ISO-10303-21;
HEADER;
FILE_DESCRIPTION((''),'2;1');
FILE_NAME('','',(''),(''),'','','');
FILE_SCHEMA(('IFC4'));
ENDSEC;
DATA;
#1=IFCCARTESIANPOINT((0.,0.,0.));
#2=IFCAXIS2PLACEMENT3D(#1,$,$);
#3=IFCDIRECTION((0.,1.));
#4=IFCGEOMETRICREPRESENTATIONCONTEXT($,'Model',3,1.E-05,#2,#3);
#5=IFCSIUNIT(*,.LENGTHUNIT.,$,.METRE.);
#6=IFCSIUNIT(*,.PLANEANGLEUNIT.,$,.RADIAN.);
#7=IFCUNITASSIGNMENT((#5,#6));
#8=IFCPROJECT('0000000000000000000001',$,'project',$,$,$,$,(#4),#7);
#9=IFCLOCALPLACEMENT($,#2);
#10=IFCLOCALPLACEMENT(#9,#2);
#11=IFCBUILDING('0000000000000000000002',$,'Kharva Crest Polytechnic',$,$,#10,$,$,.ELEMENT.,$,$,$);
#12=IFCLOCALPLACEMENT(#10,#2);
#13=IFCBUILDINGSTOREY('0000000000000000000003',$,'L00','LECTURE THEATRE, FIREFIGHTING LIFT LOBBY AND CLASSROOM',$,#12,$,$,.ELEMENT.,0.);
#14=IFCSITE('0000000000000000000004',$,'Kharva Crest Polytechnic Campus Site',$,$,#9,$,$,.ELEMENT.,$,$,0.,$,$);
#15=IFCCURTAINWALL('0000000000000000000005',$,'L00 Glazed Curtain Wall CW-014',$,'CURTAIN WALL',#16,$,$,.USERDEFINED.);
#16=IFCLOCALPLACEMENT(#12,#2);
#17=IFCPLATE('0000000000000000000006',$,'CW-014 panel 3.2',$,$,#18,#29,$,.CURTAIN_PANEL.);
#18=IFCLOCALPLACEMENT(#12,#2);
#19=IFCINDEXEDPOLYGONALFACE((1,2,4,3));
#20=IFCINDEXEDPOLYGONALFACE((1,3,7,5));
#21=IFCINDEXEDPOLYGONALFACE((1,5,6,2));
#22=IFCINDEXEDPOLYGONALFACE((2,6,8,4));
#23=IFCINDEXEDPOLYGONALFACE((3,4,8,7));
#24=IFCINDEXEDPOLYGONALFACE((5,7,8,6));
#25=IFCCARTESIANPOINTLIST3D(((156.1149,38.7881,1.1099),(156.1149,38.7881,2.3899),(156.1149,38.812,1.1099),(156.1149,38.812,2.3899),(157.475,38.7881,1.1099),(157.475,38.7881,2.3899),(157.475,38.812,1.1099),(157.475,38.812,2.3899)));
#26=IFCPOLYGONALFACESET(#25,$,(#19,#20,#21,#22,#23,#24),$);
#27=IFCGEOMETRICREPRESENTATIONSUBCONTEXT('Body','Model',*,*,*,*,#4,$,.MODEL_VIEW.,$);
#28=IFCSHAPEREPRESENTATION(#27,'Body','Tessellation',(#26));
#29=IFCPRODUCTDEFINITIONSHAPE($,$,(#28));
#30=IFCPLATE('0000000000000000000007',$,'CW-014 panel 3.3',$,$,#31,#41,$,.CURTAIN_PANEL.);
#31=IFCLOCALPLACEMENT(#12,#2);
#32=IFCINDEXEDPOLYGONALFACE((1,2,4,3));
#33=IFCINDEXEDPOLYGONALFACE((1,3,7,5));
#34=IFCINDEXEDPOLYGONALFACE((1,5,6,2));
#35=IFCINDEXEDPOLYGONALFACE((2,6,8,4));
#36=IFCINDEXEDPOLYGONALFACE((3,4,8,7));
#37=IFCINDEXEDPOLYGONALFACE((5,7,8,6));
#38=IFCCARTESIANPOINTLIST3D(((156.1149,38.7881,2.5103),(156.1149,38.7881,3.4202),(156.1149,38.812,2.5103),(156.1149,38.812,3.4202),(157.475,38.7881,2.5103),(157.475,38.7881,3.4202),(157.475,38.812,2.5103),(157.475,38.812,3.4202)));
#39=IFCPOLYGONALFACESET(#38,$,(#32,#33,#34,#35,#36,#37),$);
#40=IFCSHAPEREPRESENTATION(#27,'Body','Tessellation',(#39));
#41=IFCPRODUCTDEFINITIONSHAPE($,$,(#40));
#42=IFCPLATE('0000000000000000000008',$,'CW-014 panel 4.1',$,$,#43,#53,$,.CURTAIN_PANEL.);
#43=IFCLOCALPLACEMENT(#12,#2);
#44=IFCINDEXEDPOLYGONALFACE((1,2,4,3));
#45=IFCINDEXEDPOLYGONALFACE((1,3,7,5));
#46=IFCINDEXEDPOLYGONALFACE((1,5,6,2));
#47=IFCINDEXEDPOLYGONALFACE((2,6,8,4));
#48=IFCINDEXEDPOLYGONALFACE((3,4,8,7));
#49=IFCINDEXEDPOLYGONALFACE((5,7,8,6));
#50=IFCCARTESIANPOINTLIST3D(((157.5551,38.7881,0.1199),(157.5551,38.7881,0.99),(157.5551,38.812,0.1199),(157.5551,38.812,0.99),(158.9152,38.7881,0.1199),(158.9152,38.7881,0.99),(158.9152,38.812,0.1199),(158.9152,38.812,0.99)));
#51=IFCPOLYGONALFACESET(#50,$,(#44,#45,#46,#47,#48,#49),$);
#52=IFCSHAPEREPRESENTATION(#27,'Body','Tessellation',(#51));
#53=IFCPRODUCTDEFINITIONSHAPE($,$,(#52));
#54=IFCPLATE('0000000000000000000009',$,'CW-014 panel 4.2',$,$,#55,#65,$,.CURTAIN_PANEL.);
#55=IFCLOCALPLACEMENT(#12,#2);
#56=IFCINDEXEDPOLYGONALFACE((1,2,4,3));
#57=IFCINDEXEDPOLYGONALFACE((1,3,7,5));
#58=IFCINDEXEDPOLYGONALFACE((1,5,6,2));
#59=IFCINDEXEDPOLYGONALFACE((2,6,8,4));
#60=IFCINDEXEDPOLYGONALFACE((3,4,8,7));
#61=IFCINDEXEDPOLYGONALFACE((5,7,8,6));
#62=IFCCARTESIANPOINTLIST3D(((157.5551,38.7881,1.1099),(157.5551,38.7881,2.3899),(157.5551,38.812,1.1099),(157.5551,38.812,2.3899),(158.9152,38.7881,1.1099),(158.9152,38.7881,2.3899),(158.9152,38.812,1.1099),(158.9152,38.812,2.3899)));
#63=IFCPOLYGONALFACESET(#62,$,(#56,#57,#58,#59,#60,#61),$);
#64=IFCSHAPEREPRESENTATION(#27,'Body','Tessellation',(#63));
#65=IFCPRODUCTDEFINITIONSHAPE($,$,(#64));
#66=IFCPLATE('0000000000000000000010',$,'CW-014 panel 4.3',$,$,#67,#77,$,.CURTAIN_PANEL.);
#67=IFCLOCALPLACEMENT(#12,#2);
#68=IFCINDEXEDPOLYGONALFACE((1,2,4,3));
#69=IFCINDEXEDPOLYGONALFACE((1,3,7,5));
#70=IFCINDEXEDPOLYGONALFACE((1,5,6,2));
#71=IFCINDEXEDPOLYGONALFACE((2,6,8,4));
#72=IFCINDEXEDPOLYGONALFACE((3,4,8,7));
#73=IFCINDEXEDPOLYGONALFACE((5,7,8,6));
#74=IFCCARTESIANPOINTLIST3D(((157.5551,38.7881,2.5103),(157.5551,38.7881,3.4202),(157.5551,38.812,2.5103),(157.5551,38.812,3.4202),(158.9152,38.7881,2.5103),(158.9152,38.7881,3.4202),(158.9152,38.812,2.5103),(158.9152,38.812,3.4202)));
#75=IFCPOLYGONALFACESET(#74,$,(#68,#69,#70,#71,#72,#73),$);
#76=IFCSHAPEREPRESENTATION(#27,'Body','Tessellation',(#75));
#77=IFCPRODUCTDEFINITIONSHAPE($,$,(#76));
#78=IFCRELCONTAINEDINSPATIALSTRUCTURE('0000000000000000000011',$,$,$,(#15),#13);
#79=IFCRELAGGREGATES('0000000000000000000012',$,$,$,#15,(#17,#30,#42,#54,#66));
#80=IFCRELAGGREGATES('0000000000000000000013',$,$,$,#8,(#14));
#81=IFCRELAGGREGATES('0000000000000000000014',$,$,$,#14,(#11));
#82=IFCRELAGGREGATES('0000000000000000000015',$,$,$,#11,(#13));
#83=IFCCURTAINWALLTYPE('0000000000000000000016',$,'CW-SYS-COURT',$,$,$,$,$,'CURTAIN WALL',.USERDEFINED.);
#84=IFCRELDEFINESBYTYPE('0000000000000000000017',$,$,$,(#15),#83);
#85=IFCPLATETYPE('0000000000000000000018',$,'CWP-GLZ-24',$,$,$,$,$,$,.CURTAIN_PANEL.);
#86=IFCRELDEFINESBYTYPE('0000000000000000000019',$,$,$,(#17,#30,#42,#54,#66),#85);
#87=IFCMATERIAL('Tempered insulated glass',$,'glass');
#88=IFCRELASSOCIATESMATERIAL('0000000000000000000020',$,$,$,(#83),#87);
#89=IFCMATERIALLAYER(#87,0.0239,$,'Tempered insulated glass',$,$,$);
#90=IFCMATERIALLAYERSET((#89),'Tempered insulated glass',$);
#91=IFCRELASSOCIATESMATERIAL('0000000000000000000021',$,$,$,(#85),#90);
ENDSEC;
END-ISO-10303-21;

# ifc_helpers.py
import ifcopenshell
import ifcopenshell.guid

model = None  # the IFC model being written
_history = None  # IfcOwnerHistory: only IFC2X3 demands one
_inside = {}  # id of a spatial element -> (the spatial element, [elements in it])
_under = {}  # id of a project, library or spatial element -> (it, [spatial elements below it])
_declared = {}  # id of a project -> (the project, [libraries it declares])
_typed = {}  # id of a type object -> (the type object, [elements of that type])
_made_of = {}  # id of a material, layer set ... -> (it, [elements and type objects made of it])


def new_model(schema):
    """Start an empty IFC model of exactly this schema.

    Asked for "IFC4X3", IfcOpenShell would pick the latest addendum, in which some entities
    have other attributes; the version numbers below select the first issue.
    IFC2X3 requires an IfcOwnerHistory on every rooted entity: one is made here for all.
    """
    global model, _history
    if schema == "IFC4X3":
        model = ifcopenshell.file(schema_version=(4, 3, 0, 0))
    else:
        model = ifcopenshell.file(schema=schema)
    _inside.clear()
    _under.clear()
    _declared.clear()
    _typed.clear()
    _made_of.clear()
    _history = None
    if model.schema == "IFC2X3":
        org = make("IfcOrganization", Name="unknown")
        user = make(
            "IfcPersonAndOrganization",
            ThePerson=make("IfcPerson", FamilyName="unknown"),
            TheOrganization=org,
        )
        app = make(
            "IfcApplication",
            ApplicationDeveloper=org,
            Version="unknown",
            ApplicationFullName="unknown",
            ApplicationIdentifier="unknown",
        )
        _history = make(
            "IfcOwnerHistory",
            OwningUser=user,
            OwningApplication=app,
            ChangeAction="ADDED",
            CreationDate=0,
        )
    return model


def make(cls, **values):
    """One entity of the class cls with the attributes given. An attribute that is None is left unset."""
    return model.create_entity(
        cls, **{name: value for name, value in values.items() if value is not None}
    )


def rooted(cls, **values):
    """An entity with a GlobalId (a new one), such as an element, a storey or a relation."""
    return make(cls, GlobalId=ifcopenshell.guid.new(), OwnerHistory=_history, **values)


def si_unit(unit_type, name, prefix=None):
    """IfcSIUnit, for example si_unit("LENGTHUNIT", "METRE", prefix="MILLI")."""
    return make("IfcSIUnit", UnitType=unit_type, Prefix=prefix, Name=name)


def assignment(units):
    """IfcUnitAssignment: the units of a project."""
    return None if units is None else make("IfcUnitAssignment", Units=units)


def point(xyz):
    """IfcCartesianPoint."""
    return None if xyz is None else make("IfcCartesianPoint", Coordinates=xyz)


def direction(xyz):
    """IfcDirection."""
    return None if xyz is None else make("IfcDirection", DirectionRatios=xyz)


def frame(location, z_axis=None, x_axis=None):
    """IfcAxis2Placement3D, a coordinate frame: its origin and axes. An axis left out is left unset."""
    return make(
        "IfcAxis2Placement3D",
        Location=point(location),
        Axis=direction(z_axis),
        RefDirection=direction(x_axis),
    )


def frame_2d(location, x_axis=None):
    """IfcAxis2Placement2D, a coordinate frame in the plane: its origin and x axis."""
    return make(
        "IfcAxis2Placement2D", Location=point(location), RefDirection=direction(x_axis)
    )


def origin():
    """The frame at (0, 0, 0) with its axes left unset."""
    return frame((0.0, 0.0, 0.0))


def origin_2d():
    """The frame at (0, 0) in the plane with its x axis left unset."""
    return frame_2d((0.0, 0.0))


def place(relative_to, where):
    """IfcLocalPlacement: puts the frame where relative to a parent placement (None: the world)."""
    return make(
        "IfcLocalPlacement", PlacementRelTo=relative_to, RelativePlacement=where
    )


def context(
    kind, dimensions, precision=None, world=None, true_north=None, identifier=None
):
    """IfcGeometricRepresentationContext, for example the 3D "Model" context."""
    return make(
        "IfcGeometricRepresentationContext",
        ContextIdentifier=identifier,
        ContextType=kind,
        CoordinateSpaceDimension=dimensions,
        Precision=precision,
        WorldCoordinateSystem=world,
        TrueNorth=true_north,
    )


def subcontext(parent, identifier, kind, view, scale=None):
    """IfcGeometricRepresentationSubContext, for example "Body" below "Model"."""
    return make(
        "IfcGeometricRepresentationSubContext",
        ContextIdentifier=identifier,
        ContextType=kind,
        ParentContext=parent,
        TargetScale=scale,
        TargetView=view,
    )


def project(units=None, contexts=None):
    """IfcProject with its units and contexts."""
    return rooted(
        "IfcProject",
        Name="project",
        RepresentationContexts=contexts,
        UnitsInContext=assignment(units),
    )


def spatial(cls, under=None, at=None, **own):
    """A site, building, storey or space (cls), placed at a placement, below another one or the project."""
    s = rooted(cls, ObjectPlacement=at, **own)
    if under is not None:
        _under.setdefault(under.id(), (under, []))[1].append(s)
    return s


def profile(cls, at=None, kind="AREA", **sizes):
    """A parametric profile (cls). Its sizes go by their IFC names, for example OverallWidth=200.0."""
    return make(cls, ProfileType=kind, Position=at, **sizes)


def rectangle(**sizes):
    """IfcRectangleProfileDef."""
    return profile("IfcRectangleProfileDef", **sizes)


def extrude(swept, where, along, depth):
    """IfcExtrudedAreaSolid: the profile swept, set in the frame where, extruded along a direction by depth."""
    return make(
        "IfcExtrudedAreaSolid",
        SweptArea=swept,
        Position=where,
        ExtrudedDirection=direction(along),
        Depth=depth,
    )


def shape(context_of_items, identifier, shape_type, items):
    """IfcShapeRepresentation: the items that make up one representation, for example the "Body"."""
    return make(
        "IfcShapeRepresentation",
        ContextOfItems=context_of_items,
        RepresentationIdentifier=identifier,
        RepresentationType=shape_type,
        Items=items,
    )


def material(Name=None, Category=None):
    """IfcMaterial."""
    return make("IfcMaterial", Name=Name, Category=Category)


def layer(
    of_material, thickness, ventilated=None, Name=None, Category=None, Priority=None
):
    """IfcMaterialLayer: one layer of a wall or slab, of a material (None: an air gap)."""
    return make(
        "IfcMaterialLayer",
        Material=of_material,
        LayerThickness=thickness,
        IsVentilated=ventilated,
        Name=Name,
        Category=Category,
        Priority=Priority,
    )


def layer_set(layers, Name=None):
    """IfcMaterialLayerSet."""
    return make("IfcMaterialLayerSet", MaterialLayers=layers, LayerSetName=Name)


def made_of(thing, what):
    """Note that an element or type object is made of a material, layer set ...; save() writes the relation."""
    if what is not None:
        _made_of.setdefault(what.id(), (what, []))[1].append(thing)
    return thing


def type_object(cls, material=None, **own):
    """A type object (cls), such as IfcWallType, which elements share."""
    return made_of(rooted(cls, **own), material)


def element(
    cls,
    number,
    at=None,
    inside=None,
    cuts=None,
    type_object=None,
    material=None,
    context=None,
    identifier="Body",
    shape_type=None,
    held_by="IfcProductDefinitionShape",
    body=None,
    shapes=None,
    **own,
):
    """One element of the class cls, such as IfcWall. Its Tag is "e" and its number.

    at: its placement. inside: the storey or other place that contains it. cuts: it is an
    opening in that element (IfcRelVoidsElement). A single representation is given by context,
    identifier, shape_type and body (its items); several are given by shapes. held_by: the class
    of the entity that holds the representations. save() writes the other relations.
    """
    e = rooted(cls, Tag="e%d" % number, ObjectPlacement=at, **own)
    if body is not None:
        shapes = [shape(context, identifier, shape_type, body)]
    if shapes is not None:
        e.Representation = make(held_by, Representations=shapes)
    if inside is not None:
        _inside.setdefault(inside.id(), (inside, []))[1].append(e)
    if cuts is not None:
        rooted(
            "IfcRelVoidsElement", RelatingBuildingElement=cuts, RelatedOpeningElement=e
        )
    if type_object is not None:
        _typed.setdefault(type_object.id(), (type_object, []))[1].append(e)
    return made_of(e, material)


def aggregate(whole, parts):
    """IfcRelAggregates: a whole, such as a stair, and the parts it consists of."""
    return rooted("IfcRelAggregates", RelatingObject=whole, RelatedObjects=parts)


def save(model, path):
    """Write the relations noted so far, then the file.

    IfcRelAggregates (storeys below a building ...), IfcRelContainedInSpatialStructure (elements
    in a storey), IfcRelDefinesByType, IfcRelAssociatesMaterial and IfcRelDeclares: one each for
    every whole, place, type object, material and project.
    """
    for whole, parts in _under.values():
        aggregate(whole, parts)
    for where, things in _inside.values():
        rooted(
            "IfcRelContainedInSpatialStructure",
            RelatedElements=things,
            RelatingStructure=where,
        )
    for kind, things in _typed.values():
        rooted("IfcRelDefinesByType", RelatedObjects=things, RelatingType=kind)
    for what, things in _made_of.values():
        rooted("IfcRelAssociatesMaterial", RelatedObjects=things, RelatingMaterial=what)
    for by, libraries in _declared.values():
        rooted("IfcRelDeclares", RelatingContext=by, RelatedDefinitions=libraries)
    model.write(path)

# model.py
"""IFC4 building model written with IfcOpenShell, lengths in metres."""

from ifc_helpers import new_model, si_unit, direction, frame, origin, origin_2d, place, context, subcontext, project, spatial, rectangle, extrude, material, layer, layer_set, type_object, element, aggregate, save


model = new_model("IFC4")

# Units and contexts
model_context = context("Model", 3, precision=1e-05, world=origin(), true_north=direction((0.0, 1.0)))
body_context = subcontext(model_context, "Body", "Model", "MODEL_VIEW")
ifc_project = project(units=[si_unit("LENGTHUNIT", "METRE"), si_unit("PLANEANGLEUNIT", "RADIAN")], contexts=[model_context])

# Site, building, storey
site_placement = place(None, origin())
site = spatial("IfcSite", under=ifc_project, at=site_placement, Name="Kharva Crest Polytechnic Campus Site", CompositionType="ELEMENT", RefElevation=0.0)
building_placement = place(site_placement, origin())
building = spatial("IfcBuilding", under=site, at=building_placement, Name="Kharva Crest Polytechnic", CompositionType="ELEMENT")
storey_placement = place(building_placement, origin())
storey = spatial("IfcBuildingStorey", under=building, at=storey_placement, Name="L00", Description="LECTURE THEATRE, FIREFIGHTING LIFT LOBBY AND CLASSROOM", CompositionType="ELEMENT", Elevation=0.0)

# Curtain wall, plates
ifc_material_1 = material(Name="Tempered insulated glass", Category="glass")
curtain_wall_type = type_object("IfcCurtainWallType", Name="CW-SYS-COURT", ElementType="CURTAIN WALL", PredefinedType="USERDEFINED", material=ifc_material_1)
curtain_wall_placement = place(storey_placement, origin())
curtain_wall = element("IfcCurtainWall", 1, at=curtain_wall_placement, inside=storey, type_object=curtain_wall_type, Name="L00 Glazed Curtain Wall CW-014", ObjectType="CURTAIN WALL", PredefinedType="USERDEFINED")
ifc_layer = layer(ifc_material_1, 0.0239, Name="Tempered insulated glass")
ifc_layer_set = layer_set([ifc_layer], Name="Tempered insulated glass")
plate_type = type_object("IfcPlateType", Name="CWP-GLZ-24", PredefinedType="CURTAIN_PANEL", material=ifc_layer_set)
plate_1_placement = place(storey_placement, frame((156.7949, 38.8, 1.1099), z_axis=(0.0, 0.0, 1.0), x_axis=(1.0, 0.0, 0.0)))
plate_1 = element("IfcPlate", 2, at=plate_1_placement, type_object=plate_type, Name="CW-014 panel 3.2", PredefinedType="CURTAIN_PANEL", context=body_context, shape_type="SweptSolid", body=[
    extrude(rectangle(XDim=1.3601, YDim=0.0239, at=origin_2d()), origin(), (0.0, 0.0, 1.0), 1.28),
])
plate_2_placement = place(storey_placement, frame((156.7949, 38.8, 2.5103), z_axis=(0.0, 0.0, 1.0), x_axis=(1.0, 0.0, 0.0)))
plate_2 = element("IfcPlate", 3, at=plate_2_placement, type_object=plate_type, Name="CW-014 panel 3.3", PredefinedType="CURTAIN_PANEL", context=body_context, shape_type="SweptSolid", body=[
    extrude(rectangle(XDim=1.3601, YDim=0.0239, at=origin_2d()), origin(), (0.0, 0.0, 1.0), 0.9099),
])
plate_3_placement = place(storey_placement, frame((158.2351, 38.8, 0.1199), z_axis=(0.0, 0.0, 1.0), x_axis=(1.0, 0.0, 0.0)))
plate_3 = element("IfcPlate", 4, at=plate_3_placement, type_object=plate_type, Name="CW-014 panel 4.1", PredefinedType="CURTAIN_PANEL", context=body_context, shape_type="SweptSolid", body=[
    extrude(rectangle(XDim=1.3601, YDim=0.0239, at=origin_2d()), origin(), (0.0, 0.0, 1.0), 0.8701),
])
plate_4_placement = place(storey_placement, frame((158.2351, 38.8, 1.1099), z_axis=(0.0, 0.0, 1.0), x_axis=(1.0, 0.0, 0.0)))
plate_4 = element("IfcPlate", 5, at=plate_4_placement, type_object=plate_type, Name="CW-014 panel 4.2", PredefinedType="CURTAIN_PANEL", context=body_context, shape_type="SweptSolid", body=[
    extrude(rectangle(XDim=1.3601, YDim=0.0239, at=origin_2d()), origin(), (0.0, 0.0, 1.0), 1.28),
])
plate_5_placement = place(storey_placement, frame((158.2351, 38.8, 2.5103), z_axis=(0.0, 0.0, 1.0), x_axis=(1.0, 0.0, 0.0)))
plate_5 = element("IfcPlate", 6, at=plate_5_placement, type_object=plate_type, Name="CW-014 panel 4.3", PredefinedType="CURTAIN_PANEL", context=body_context, shape_type="SweptSolid", body=[
    extrude(rectangle(XDim=1.3601, YDim=0.0239, at=origin_2d()), origin(), (0.0, 0.0, 1.0), 0.9099),
])
aggregate(curtain_wall, [plate_1, plate_2, plate_3, plate_4, plate_5])

save(model, "model.ifc")
